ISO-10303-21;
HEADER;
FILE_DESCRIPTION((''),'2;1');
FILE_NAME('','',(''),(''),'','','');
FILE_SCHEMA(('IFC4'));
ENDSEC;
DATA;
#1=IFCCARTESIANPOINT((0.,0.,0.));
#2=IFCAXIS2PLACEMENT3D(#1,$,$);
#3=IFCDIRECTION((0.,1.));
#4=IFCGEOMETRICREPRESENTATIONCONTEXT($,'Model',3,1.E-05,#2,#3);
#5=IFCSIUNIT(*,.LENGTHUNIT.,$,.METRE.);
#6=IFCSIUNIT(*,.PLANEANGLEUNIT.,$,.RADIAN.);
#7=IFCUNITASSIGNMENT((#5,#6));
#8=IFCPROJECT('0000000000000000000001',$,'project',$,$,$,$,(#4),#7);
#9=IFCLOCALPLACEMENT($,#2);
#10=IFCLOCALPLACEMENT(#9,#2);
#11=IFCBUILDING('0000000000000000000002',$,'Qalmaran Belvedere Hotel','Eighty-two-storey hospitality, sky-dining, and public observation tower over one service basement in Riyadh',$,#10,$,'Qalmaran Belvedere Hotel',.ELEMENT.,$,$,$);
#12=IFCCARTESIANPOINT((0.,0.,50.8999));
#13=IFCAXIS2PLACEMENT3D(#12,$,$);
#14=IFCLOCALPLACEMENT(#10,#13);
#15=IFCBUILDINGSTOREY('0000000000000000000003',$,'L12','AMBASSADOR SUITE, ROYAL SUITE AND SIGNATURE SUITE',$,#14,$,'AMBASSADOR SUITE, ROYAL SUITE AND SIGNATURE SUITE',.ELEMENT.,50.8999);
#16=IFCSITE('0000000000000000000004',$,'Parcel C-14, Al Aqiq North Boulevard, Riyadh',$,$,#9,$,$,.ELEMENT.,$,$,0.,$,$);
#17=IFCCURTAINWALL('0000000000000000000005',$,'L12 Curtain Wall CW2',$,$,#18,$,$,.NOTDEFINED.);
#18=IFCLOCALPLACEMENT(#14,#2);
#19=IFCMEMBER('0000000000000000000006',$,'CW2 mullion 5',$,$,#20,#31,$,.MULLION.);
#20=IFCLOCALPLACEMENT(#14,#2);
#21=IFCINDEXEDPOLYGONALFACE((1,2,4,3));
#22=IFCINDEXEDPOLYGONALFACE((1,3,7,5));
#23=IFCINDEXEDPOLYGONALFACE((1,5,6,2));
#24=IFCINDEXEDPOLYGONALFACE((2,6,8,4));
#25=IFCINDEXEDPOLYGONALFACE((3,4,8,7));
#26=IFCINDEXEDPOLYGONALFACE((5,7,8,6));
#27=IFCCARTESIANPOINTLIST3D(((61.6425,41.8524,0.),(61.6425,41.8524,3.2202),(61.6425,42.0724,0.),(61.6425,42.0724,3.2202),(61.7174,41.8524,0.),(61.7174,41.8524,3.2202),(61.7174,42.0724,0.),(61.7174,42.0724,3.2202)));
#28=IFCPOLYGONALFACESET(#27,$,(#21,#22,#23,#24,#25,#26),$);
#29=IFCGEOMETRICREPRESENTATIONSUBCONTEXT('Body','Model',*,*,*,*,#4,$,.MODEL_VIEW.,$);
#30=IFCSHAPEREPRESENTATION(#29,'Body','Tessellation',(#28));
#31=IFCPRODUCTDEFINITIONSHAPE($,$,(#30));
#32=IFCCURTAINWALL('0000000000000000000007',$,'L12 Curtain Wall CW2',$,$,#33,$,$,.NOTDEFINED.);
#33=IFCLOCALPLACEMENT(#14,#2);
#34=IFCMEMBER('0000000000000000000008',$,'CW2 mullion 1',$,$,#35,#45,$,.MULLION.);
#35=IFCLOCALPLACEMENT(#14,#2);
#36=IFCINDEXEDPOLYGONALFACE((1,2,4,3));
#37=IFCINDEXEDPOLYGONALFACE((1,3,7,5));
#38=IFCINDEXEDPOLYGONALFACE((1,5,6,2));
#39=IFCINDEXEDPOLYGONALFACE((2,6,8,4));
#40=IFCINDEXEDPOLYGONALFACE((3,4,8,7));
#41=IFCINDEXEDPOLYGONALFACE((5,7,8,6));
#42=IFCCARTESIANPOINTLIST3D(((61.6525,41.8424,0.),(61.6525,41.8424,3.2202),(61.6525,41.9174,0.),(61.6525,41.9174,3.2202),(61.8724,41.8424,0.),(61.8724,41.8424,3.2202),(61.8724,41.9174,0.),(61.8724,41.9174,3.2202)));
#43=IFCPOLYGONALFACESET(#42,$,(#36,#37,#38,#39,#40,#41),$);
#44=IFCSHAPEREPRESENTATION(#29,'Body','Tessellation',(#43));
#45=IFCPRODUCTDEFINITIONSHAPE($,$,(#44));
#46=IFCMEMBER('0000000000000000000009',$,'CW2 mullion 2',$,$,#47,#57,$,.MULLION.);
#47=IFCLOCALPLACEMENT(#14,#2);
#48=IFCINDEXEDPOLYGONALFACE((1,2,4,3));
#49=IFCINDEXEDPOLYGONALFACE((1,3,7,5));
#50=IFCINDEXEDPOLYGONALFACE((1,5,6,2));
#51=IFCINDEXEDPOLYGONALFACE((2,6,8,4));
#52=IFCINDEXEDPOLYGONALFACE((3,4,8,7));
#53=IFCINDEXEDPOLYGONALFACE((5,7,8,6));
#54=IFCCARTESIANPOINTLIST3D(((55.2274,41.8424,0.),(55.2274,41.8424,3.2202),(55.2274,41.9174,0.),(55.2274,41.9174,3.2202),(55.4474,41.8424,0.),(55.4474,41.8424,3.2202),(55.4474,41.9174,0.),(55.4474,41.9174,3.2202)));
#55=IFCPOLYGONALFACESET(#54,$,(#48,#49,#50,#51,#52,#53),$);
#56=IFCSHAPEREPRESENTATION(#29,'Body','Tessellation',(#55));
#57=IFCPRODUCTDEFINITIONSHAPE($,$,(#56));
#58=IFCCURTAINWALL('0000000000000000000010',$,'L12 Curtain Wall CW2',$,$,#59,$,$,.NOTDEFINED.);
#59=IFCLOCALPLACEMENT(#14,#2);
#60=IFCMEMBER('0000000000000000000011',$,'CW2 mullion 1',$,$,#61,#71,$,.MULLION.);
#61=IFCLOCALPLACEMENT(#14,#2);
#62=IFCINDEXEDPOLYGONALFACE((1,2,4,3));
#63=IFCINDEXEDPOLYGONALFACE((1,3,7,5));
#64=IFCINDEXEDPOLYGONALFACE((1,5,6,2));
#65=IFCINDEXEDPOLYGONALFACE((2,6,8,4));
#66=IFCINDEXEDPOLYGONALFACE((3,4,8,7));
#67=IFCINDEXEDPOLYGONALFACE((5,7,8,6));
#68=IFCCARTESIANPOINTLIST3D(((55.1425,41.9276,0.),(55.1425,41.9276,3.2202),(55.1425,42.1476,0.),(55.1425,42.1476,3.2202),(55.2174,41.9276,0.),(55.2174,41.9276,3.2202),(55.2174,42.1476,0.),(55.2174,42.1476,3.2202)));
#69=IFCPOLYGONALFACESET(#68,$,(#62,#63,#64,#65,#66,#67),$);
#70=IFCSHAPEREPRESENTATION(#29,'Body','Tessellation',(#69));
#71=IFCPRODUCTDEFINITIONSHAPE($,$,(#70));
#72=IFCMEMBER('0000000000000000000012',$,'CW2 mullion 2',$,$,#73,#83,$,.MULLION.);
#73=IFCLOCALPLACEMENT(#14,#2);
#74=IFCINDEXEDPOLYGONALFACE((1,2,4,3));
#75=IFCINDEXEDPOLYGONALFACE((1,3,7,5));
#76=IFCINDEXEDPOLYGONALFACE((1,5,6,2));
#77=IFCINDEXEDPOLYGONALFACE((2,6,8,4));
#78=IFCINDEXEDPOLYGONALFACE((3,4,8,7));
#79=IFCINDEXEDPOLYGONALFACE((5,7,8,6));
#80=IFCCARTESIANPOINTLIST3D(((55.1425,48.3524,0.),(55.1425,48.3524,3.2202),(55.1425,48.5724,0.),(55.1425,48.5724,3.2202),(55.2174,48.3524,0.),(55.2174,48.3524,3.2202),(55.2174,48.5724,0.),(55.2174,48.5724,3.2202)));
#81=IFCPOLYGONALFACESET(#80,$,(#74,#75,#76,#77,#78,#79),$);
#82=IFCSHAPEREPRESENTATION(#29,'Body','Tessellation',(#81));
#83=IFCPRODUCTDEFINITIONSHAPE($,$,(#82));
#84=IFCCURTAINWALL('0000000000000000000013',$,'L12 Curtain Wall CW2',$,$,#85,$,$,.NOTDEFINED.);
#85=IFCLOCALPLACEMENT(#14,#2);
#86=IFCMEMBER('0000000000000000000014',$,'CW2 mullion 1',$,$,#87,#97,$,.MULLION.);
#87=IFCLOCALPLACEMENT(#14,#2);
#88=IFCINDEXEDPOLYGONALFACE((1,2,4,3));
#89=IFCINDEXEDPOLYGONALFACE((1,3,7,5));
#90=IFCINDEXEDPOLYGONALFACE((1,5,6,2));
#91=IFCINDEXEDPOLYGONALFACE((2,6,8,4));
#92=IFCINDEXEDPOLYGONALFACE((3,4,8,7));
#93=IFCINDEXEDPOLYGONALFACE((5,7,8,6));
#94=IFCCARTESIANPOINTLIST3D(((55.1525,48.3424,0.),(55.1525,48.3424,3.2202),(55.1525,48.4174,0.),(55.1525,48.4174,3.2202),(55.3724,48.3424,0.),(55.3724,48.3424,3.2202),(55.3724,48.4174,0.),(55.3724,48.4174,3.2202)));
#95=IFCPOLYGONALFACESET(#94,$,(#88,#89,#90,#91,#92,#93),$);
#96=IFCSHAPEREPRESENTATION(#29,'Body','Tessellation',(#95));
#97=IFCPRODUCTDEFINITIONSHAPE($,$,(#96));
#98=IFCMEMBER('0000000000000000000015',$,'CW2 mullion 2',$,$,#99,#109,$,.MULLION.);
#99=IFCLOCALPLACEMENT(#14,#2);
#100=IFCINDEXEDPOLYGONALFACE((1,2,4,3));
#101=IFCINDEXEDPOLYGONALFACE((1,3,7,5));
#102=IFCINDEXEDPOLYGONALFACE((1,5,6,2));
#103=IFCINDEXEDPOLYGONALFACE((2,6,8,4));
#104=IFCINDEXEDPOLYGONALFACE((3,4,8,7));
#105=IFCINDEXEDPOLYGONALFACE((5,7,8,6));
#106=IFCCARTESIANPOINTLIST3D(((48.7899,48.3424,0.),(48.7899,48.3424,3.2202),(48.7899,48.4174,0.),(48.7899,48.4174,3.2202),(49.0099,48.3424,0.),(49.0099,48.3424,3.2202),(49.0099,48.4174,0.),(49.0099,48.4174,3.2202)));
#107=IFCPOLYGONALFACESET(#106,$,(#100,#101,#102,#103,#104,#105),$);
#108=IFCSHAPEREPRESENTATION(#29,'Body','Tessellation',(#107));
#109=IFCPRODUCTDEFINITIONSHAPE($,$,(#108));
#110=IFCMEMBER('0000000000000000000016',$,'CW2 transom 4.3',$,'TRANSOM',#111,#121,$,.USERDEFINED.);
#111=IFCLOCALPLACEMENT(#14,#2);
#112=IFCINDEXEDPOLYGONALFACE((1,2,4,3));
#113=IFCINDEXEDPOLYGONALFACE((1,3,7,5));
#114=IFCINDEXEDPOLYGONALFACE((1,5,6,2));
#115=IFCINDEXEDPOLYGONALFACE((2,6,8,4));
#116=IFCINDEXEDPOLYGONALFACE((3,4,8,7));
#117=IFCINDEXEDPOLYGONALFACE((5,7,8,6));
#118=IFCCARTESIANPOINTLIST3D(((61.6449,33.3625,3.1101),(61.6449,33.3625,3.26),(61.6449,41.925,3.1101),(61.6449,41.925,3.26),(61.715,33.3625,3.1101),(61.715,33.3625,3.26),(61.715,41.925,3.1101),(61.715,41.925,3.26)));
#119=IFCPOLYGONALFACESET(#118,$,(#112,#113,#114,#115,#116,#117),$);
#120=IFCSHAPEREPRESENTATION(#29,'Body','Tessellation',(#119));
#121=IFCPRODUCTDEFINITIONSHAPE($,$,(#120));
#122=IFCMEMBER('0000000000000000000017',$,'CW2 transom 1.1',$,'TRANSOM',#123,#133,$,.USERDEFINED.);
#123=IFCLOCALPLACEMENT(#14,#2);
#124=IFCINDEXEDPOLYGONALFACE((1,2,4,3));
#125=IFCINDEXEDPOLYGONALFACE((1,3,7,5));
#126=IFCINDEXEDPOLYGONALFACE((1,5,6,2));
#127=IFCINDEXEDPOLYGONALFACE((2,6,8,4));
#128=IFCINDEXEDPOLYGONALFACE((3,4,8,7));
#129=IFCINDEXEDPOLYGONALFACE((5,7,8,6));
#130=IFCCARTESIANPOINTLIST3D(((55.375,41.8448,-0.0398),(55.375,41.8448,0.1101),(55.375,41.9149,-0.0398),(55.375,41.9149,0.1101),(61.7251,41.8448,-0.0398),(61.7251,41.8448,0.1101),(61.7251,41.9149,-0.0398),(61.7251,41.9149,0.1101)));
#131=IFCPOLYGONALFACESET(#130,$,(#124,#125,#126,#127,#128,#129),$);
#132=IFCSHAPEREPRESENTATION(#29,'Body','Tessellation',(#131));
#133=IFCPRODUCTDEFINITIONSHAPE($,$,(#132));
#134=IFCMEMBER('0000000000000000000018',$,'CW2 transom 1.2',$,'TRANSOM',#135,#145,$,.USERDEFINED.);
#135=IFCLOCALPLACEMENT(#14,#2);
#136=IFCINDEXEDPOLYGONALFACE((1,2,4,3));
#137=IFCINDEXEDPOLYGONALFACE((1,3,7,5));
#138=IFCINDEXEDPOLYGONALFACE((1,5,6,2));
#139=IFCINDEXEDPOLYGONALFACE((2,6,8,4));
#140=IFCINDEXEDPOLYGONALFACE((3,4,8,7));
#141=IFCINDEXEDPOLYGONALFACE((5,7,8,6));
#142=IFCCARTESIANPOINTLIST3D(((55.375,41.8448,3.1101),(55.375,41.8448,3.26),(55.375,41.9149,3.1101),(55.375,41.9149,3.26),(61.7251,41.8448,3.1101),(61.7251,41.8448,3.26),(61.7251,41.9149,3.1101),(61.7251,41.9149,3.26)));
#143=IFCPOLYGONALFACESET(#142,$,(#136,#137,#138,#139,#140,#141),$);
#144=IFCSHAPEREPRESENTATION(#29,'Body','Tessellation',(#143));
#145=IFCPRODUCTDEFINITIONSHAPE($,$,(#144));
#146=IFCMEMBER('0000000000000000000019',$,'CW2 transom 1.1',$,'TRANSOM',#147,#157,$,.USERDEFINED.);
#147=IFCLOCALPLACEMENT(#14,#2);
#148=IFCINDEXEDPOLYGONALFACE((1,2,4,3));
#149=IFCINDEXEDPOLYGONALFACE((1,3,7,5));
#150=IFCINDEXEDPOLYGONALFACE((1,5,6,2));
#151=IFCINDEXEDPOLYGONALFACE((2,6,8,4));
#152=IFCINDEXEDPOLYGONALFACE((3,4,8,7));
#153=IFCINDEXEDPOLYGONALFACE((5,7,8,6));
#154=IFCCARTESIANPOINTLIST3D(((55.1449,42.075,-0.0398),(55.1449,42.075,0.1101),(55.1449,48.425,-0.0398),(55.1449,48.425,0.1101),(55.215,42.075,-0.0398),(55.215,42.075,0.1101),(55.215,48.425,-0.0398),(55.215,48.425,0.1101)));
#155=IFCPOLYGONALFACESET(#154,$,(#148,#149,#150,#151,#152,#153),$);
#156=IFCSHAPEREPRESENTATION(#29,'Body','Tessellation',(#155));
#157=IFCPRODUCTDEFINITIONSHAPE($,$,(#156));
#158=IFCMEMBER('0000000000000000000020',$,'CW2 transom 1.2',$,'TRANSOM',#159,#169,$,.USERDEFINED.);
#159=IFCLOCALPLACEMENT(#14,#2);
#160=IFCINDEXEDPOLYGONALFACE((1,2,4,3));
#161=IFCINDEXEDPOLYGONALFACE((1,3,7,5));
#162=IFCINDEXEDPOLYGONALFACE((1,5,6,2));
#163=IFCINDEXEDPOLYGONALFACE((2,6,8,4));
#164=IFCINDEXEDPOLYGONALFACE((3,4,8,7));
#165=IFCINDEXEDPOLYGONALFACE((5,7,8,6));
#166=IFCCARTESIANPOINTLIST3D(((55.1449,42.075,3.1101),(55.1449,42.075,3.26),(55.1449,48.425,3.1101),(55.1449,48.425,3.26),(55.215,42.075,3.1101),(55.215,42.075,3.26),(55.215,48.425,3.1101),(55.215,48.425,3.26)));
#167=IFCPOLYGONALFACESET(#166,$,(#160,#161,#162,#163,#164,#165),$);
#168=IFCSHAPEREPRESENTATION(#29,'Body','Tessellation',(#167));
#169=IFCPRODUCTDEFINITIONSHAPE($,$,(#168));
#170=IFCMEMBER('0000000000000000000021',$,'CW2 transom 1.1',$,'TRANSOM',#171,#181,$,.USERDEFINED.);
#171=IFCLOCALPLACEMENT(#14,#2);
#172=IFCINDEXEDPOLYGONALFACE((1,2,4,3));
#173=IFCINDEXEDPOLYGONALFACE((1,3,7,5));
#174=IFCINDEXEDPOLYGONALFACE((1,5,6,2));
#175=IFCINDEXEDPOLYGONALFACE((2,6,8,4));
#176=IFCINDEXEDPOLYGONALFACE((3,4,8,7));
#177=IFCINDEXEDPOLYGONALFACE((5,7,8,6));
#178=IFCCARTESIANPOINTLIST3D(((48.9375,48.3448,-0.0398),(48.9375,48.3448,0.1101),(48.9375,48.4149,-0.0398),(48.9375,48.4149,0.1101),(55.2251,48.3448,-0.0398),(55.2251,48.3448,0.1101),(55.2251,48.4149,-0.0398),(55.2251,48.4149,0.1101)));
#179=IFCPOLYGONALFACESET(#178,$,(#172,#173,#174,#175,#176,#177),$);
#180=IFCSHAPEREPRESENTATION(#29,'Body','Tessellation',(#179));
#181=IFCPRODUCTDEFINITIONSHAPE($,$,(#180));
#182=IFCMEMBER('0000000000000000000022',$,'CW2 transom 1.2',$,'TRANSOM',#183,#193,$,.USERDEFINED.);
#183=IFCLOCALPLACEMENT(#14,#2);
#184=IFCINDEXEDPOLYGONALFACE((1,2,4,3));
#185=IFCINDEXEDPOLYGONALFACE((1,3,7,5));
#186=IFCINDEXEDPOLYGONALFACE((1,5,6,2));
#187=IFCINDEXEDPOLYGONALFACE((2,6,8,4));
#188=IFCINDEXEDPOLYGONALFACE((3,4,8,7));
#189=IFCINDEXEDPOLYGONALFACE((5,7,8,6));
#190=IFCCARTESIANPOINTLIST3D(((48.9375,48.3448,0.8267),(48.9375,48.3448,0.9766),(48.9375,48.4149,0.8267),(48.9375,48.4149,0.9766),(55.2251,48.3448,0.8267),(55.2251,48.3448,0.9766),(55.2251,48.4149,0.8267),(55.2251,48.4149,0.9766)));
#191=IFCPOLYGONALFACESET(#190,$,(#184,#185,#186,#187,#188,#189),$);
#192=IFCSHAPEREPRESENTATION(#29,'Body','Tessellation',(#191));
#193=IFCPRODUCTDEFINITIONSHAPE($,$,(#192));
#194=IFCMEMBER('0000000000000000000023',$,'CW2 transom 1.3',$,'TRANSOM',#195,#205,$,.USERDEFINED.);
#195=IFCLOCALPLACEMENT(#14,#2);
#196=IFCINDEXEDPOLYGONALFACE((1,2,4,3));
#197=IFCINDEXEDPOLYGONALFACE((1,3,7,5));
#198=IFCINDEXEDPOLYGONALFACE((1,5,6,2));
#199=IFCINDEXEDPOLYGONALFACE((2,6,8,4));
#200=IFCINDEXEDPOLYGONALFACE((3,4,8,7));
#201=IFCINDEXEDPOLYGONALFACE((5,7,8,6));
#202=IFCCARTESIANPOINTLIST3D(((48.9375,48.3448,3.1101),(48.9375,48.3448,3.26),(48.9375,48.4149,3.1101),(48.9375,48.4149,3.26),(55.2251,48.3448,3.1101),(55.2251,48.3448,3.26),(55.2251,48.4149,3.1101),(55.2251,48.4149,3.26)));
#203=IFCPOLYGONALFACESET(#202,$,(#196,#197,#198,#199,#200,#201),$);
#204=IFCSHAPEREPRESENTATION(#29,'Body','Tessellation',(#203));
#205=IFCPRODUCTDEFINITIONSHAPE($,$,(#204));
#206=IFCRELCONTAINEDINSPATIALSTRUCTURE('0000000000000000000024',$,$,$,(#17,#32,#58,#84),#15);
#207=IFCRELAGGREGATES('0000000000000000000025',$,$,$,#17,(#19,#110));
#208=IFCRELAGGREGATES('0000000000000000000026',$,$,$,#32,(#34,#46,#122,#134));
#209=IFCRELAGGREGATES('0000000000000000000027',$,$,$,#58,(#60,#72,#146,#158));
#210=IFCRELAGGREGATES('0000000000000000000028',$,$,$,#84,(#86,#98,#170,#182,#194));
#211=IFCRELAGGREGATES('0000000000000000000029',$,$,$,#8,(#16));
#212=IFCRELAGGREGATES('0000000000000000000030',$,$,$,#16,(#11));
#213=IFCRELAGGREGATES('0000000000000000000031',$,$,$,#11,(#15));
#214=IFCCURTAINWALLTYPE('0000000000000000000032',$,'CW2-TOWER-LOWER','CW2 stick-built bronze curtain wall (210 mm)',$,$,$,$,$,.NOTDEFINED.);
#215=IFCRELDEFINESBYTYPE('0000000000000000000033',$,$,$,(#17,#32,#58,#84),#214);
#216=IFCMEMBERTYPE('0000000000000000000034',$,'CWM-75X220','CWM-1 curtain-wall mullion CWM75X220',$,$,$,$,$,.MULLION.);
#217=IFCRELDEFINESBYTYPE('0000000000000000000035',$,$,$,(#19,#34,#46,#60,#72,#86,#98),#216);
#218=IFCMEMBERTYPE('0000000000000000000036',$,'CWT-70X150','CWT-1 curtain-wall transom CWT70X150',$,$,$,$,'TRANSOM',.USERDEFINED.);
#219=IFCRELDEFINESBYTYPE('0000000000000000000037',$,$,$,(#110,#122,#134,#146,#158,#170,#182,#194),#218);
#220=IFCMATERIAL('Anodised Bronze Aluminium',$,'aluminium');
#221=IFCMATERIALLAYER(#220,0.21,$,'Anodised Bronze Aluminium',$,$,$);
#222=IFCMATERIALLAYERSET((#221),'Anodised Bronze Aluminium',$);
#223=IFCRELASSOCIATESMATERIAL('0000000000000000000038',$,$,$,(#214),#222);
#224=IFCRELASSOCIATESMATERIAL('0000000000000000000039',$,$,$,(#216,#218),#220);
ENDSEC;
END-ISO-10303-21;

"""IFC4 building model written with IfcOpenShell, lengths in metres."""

from ifc_helpers import new_model, si_unit, direction, frame, origin, origin_2d, place, context, subcontext, project, spatial, rectangle, extrude, material, layer, layer_set, material_profile, profile_set, type_object, element, aggregate, save


model = new_model("IFC4")

# Units and contexts
model_context = context("Model", 3, precision=1e-05, world=origin(), true_north=direction((0.0, 1.0)))
body_context = subcontext(model_context, "Body", "Model", "MODEL_VIEW")
ifc_project = project(units=[si_unit("LENGTHUNIT", "METRE"), si_unit("PLANEANGLEUNIT", "RADIAN")], contexts=[model_context])

# Site, building, storey
site_placement = place(None, origin())
site = spatial("IfcSite", under=ifc_project, at=site_placement, Name="Parcel C-14, Al Aqiq North Boulevard, Riyadh", CompositionType="ELEMENT", RefElevation=0.0)
building_placement = place(site_placement, origin())
building = spatial("IfcBuilding", under=site, at=building_placement, Name="Qalmaran Belvedere Hotel", Description="Eighty-two-storey hospitality, sky-dining, and public observation tower over one service basement in Riyadh", LongName="Qalmaran Belvedere Hotel", CompositionType="ELEMENT")
storey_placement = place(building_placement, frame((0.0, 0.0, 50.8999)))
storey = spatial("IfcBuildingStorey", under=building, at=storey_placement, Name="L12", Description="AMBASSADOR SUITE, ROYAL SUITE AND SIGNATURE SUITE", LongName="AMBASSADOR SUITE, ROYAL SUITE AND SIGNATURE SUITE", CompositionType="ELEMENT", Elevation=50.8999)

# Curtain wall, member
ifc_material_1 = material(Name="Anodised Bronze Aluminium", Category="aluminium")
ifc_layer_1 = layer(ifc_material_1, 0.21, Name="Anodised Bronze Aluminium")
ifc_layer_set_1 = layer_set([ifc_layer_1], Name="Anodised Bronze Aluminium")
curtain_wall_type = type_object("IfcCurtainWallType", Name="CW2-TOWER-LOWER", Description="CW2 stick-built bronze curtain wall (210 mm)", PredefinedType="NOTDEFINED", material=ifc_layer_set_1)
curtain_wall_1_placement = place(storey_placement, origin())
curtain_wall_1 = element("IfcCurtainWall", 1, at=curtain_wall_1_placement, inside=storey, type_object=curtain_wall_type, Name="L12 Curtain Wall CW2", PredefinedType="NOTDEFINED")
ifc_material_profile_1 = material_profile(ifc_material_1, rectangle(XDim=0.075, YDim=0.22, at=origin_2d()), Name="CWM75X220")
ifc_profile_set_1 = profile_set([ifc_material_profile_1], Name="Anodised Bronze Aluminium")
member_type_1 = type_object("IfcMemberType", Name="CWM-75X220", Description="CWM-1 curtain-wall mullion CWM75X220", PredefinedType="MULLION", material=ifc_profile_set_1)
member_1_placement = place(storey_placement, frame((61.6799, 41.9624, 0.0), z_axis=(0.0, 0.0, 1.0), x_axis=(-1.0, 0.0, 0.0)))
member_1 = element("IfcMember", 2, at=member_1_placement, type_object=member_type_1, Name="CW2 mullion 5", PredefinedType="MULLION", context=body_context, shape_type="SweptSolid", body=[
    extrude(rectangle(XDim=0.075, YDim=0.22, at=origin_2d()), origin(), (0.0, 0.0, 1.0), 3.2202),
])

# Curtain walls, members
curtain_wall_2_placement = place(storey_placement, origin())
curtain_wall_2 = element("IfcCurtainWall", 3, at=curtain_wall_2_placement, inside=storey, type_object=curtain_wall_type, Name="L12 Curtain Wall CW2", PredefinedType="NOTDEFINED")
member_2_placement = place(storey_placement, frame((61.7625, 41.8799, 0.0), z_axis=(0.0, 0.0, 1.0), x_axis=(0.0, -1.0, 0.0)))
member_2 = element("IfcMember", 4, at=member_2_placement, type_object=member_type_1, Name="CW2 mullion 1", PredefinedType="MULLION", context=body_context, shape_type="SweptSolid", body=[
    extrude(rectangle(XDim=0.075, YDim=0.22, at=origin_2d()), origin(), (0.0, 0.0, 1.0), 3.2202),
])
member_3_placement = place(storey_placement, frame((55.3374, 41.8799, 0.0), z_axis=(0.0, 0.0, 1.0), x_axis=(0.0, -1.0, 0.0)))
member_3 = element("IfcMember", 5, at=member_3_placement, type_object=member_type_1, Name="CW2 mullion 2", PredefinedType="MULLION", context=body_context, shape_type="SweptSolid", body=[
    extrude(rectangle(XDim=0.075, YDim=0.22, at=origin_2d()), origin(), (0.0, 0.0, 1.0), 3.2202),
])
curtain_wall_3_placement = place(storey_placement, origin())
curtain_wall_3 = element("IfcCurtainWall", 6, at=curtain_wall_3_placement, inside=storey, type_object=curtain_wall_type, Name="L12 Curtain Wall CW2", PredefinedType="NOTDEFINED")
member_4_placement = place(storey_placement, frame((55.1799, 42.0376, 0.0), z_axis=(0.0, 0.0, 1.0), x_axis=(-1.0, 0.0, 0.0)))
member_4 = element("IfcMember", 7, at=member_4_placement, type_object=member_type_1, Name="CW2 mullion 1", PredefinedType="MULLION", context=body_context, shape_type="SweptSolid", body=[
    extrude(rectangle(XDim=0.075, YDim=0.22, at=origin_2d()), origin(), (0.0, 0.0, 1.0), 3.2202),
])
member_5_placement = place(storey_placement, frame((55.1799, 48.4624, 0.0), z_axis=(0.0, 0.0, 1.0), x_axis=(-1.0, 0.0, 0.0)))
member_5 = element("IfcMember", 8, at=member_5_placement, type_object=member_type_1, Name="CW2 mullion 2", PredefinedType="MULLION", context=body_context, shape_type="SweptSolid", body=[
    extrude(rectangle(XDim=0.075, YDim=0.22, at=origin_2d()), origin(), (0.0, 0.0, 1.0), 3.2202),
])
curtain_wall_4_placement = place(storey_placement, origin())
curtain_wall_4 = element("IfcCurtainWall", 9, at=curtain_wall_4_placement, inside=storey, type_object=curtain_wall_type, Name="L12 Curtain Wall CW2", PredefinedType="NOTDEFINED")
member_6_placement = place(storey_placement, frame((55.2625, 48.3799, 0.0), z_axis=(0.0, 0.0, 1.0), x_axis=(0.0, -1.0, 0.0)))
member_6 = element("IfcMember", 10, at=member_6_placement, type_object=member_type_1, Name="CW2 mullion 1", PredefinedType="MULLION", context=body_context, shape_type="SweptSolid", body=[
    extrude(rectangle(XDim=0.075, YDim=0.22, at=origin_2d()), origin(), (0.0, 0.0, 1.0), 3.2202),
])
member_7_placement = place(storey_placement, frame((48.8999, 48.3799, 0.0), z_axis=(0.0, 0.0, 1.0), x_axis=(0.0, -1.0, 0.0)))
member_7 = element("IfcMember", 11, at=member_7_placement, type_object=member_type_1, Name="CW2 mullion 2", PredefinedType="MULLION", context=body_context, shape_type="SweptSolid", body=[
    extrude(rectangle(XDim=0.075, YDim=0.22, at=origin_2d()), origin(), (0.0, 0.0, 1.0), 3.2202),
])

# Members
ifc_material_profile_2 = material_profile(ifc_material_1, rectangle(XDim=0.0701, YDim=0.1499, at=origin_2d()), Name="CWT70X150")
ifc_profile_set_2 = profile_set([ifc_material_profile_2], Name="Anodised Bronze Aluminium")
member_type_2 = type_object("IfcMemberType", Name="CWT-70X150", Description="CWT-1 curtain-wall transom CWT70X150", ElementType="TRANSOM", PredefinedType="USERDEFINED", material=ifc_profile_set_2)
member_8_placement = place(storey_placement, frame((61.6799, 33.3625, 3.1851), z_axis=(0.0, 1.0, 0.0), x_axis=(-1.0, 0.0, 0.0)))
member_8 = element("IfcMember", 12, at=member_8_placement, type_object=member_type_2, Name="CW2 transom 4.3", ObjectType="TRANSOM", PredefinedType="USERDEFINED", context=body_context, shape_type="SweptSolid", body=[
    extrude(rectangle(XDim=0.0701, YDim=0.1499, at=origin_2d()), origin(), (0.0, 0.0, 1.0), 8.5625),
])
member_9_placement = place(storey_placement, frame((61.7251, 41.8799, 0.0352), z_axis=(-1.0, 0.0, 0.0), x_axis=(0.0, -1.0, 0.0)))
member_9 = element("IfcMember", 13, at=member_9_placement, type_object=member_type_2, Name="CW2 transom 1.1", ObjectType="TRANSOM", PredefinedType="USERDEFINED", context=body_context, shape_type="SweptSolid", body=[
    extrude(rectangle(XDim=0.0701, YDim=0.1499, at=origin_2d()), origin(), (0.0, 0.0, 1.0), 6.3501),
])
member_10_placement = place(storey_placement, frame((61.7251, 41.8799, 3.1851), z_axis=(-1.0, 0.0, 0.0), x_axis=(0.0, -1.0, 0.0)))
member_10 = element("IfcMember", 14, at=member_10_placement, type_object=member_type_2, Name="CW2 transom 1.2", ObjectType="TRANSOM", PredefinedType="USERDEFINED", context=body_context, shape_type="SweptSolid", body=[
    extrude(rectangle(XDim=0.0701, YDim=0.1499, at=origin_2d()), origin(), (0.0, 0.0, 1.0), 6.3501),
])
member_11_placement = place(storey_placement, frame((55.1799, 42.075, 0.0352), z_axis=(0.0, 1.0, 0.0), x_axis=(-1.0, 0.0, 0.0)))
member_11 = element("IfcMember", 15, at=member_11_placement, type_object=member_type_2, Name="CW2 transom 1.1", ObjectType="TRANSOM", PredefinedType="USERDEFINED", context=body_context, shape_type="SweptSolid", body=[
    extrude(rectangle(XDim=0.0701, YDim=0.1499, at=origin_2d()), origin(), (0.0, 0.0, 1.0), 6.3501),
])
member_12_placement = place(storey_placement, frame((55.1799, 42.075, 3.1851), z_axis=(0.0, 1.0, 0.0), x_axis=(-1.0, 0.0, 0.0)))
member_12 = element("IfcMember", 16, at=member_12_placement, type_object=member_type_2, Name="CW2 transom 1.2", ObjectType="TRANSOM", PredefinedType="USERDEFINED", context=body_context, shape_type="SweptSolid", body=[
    extrude(rectangle(XDim=0.0701, YDim=0.1499, at=origin_2d()), origin(), (0.0, 0.0, 1.0), 6.3501),
])
member_13_placement = place(storey_placement, frame((55.2251, 48.3799, 0.0352), z_axis=(-1.0, 0.0, 0.0), x_axis=(0.0, -1.0, 0.0)))
member_13 = element("IfcMember", 17, at=member_13_placement, type_object=member_type_2, Name="CW2 transom 1.1", ObjectType="TRANSOM", PredefinedType="USERDEFINED", context=body_context, shape_type="SweptSolid", body=[
    extrude(rectangle(XDim=0.0701, YDim=0.1499, at=origin_2d()), origin(), (0.0, 0.0, 1.0), 6.2876),
])
member_14_placement = place(storey_placement, frame((55.2251, 48.3799, 0.9016), z_axis=(-1.0, 0.0, 0.0), x_axis=(0.0, -1.0, 0.0)))
member_14 = element("IfcMember", 18, at=member_14_placement, type_object=member_type_2, Name="CW2 transom 1.2", ObjectType="TRANSOM", PredefinedType="USERDEFINED", context=body_context, shape_type="SweptSolid", body=[
    extrude(rectangle(XDim=0.0701, YDim=0.1499, at=origin_2d()), origin(), (0.0, 0.0, 1.0), 6.2876),
])
member_15_placement = place(storey_placement, frame((55.2251, 48.3799, 3.1851), z_axis=(-1.0, 0.0, 0.0), x_axis=(0.0, -1.0, 0.0)))
member_15 = element("IfcMember", 19, at=member_15_placement, type_object=member_type_2, Name="CW2 transom 1.3", ObjectType="TRANSOM", PredefinedType="USERDEFINED", context=body_context, shape_type="SweptSolid", body=[
    extrude(rectangle(XDim=0.0701, YDim=0.1499, at=origin_2d()), origin(), (0.0, 0.0, 1.0), 6.2876),
])

aggregate(curtain_wall_1, [member_1, member_8])
aggregate(curtain_wall_2, [member_2, member_3, member_9, member_10])
aggregate(curtain_wall_3, [member_4, member_5, member_11, member_12])
aggregate(curtain_wall_4, [member_6, member_7, member_13, member_14, member_15])

save(model, "model.ifc")
